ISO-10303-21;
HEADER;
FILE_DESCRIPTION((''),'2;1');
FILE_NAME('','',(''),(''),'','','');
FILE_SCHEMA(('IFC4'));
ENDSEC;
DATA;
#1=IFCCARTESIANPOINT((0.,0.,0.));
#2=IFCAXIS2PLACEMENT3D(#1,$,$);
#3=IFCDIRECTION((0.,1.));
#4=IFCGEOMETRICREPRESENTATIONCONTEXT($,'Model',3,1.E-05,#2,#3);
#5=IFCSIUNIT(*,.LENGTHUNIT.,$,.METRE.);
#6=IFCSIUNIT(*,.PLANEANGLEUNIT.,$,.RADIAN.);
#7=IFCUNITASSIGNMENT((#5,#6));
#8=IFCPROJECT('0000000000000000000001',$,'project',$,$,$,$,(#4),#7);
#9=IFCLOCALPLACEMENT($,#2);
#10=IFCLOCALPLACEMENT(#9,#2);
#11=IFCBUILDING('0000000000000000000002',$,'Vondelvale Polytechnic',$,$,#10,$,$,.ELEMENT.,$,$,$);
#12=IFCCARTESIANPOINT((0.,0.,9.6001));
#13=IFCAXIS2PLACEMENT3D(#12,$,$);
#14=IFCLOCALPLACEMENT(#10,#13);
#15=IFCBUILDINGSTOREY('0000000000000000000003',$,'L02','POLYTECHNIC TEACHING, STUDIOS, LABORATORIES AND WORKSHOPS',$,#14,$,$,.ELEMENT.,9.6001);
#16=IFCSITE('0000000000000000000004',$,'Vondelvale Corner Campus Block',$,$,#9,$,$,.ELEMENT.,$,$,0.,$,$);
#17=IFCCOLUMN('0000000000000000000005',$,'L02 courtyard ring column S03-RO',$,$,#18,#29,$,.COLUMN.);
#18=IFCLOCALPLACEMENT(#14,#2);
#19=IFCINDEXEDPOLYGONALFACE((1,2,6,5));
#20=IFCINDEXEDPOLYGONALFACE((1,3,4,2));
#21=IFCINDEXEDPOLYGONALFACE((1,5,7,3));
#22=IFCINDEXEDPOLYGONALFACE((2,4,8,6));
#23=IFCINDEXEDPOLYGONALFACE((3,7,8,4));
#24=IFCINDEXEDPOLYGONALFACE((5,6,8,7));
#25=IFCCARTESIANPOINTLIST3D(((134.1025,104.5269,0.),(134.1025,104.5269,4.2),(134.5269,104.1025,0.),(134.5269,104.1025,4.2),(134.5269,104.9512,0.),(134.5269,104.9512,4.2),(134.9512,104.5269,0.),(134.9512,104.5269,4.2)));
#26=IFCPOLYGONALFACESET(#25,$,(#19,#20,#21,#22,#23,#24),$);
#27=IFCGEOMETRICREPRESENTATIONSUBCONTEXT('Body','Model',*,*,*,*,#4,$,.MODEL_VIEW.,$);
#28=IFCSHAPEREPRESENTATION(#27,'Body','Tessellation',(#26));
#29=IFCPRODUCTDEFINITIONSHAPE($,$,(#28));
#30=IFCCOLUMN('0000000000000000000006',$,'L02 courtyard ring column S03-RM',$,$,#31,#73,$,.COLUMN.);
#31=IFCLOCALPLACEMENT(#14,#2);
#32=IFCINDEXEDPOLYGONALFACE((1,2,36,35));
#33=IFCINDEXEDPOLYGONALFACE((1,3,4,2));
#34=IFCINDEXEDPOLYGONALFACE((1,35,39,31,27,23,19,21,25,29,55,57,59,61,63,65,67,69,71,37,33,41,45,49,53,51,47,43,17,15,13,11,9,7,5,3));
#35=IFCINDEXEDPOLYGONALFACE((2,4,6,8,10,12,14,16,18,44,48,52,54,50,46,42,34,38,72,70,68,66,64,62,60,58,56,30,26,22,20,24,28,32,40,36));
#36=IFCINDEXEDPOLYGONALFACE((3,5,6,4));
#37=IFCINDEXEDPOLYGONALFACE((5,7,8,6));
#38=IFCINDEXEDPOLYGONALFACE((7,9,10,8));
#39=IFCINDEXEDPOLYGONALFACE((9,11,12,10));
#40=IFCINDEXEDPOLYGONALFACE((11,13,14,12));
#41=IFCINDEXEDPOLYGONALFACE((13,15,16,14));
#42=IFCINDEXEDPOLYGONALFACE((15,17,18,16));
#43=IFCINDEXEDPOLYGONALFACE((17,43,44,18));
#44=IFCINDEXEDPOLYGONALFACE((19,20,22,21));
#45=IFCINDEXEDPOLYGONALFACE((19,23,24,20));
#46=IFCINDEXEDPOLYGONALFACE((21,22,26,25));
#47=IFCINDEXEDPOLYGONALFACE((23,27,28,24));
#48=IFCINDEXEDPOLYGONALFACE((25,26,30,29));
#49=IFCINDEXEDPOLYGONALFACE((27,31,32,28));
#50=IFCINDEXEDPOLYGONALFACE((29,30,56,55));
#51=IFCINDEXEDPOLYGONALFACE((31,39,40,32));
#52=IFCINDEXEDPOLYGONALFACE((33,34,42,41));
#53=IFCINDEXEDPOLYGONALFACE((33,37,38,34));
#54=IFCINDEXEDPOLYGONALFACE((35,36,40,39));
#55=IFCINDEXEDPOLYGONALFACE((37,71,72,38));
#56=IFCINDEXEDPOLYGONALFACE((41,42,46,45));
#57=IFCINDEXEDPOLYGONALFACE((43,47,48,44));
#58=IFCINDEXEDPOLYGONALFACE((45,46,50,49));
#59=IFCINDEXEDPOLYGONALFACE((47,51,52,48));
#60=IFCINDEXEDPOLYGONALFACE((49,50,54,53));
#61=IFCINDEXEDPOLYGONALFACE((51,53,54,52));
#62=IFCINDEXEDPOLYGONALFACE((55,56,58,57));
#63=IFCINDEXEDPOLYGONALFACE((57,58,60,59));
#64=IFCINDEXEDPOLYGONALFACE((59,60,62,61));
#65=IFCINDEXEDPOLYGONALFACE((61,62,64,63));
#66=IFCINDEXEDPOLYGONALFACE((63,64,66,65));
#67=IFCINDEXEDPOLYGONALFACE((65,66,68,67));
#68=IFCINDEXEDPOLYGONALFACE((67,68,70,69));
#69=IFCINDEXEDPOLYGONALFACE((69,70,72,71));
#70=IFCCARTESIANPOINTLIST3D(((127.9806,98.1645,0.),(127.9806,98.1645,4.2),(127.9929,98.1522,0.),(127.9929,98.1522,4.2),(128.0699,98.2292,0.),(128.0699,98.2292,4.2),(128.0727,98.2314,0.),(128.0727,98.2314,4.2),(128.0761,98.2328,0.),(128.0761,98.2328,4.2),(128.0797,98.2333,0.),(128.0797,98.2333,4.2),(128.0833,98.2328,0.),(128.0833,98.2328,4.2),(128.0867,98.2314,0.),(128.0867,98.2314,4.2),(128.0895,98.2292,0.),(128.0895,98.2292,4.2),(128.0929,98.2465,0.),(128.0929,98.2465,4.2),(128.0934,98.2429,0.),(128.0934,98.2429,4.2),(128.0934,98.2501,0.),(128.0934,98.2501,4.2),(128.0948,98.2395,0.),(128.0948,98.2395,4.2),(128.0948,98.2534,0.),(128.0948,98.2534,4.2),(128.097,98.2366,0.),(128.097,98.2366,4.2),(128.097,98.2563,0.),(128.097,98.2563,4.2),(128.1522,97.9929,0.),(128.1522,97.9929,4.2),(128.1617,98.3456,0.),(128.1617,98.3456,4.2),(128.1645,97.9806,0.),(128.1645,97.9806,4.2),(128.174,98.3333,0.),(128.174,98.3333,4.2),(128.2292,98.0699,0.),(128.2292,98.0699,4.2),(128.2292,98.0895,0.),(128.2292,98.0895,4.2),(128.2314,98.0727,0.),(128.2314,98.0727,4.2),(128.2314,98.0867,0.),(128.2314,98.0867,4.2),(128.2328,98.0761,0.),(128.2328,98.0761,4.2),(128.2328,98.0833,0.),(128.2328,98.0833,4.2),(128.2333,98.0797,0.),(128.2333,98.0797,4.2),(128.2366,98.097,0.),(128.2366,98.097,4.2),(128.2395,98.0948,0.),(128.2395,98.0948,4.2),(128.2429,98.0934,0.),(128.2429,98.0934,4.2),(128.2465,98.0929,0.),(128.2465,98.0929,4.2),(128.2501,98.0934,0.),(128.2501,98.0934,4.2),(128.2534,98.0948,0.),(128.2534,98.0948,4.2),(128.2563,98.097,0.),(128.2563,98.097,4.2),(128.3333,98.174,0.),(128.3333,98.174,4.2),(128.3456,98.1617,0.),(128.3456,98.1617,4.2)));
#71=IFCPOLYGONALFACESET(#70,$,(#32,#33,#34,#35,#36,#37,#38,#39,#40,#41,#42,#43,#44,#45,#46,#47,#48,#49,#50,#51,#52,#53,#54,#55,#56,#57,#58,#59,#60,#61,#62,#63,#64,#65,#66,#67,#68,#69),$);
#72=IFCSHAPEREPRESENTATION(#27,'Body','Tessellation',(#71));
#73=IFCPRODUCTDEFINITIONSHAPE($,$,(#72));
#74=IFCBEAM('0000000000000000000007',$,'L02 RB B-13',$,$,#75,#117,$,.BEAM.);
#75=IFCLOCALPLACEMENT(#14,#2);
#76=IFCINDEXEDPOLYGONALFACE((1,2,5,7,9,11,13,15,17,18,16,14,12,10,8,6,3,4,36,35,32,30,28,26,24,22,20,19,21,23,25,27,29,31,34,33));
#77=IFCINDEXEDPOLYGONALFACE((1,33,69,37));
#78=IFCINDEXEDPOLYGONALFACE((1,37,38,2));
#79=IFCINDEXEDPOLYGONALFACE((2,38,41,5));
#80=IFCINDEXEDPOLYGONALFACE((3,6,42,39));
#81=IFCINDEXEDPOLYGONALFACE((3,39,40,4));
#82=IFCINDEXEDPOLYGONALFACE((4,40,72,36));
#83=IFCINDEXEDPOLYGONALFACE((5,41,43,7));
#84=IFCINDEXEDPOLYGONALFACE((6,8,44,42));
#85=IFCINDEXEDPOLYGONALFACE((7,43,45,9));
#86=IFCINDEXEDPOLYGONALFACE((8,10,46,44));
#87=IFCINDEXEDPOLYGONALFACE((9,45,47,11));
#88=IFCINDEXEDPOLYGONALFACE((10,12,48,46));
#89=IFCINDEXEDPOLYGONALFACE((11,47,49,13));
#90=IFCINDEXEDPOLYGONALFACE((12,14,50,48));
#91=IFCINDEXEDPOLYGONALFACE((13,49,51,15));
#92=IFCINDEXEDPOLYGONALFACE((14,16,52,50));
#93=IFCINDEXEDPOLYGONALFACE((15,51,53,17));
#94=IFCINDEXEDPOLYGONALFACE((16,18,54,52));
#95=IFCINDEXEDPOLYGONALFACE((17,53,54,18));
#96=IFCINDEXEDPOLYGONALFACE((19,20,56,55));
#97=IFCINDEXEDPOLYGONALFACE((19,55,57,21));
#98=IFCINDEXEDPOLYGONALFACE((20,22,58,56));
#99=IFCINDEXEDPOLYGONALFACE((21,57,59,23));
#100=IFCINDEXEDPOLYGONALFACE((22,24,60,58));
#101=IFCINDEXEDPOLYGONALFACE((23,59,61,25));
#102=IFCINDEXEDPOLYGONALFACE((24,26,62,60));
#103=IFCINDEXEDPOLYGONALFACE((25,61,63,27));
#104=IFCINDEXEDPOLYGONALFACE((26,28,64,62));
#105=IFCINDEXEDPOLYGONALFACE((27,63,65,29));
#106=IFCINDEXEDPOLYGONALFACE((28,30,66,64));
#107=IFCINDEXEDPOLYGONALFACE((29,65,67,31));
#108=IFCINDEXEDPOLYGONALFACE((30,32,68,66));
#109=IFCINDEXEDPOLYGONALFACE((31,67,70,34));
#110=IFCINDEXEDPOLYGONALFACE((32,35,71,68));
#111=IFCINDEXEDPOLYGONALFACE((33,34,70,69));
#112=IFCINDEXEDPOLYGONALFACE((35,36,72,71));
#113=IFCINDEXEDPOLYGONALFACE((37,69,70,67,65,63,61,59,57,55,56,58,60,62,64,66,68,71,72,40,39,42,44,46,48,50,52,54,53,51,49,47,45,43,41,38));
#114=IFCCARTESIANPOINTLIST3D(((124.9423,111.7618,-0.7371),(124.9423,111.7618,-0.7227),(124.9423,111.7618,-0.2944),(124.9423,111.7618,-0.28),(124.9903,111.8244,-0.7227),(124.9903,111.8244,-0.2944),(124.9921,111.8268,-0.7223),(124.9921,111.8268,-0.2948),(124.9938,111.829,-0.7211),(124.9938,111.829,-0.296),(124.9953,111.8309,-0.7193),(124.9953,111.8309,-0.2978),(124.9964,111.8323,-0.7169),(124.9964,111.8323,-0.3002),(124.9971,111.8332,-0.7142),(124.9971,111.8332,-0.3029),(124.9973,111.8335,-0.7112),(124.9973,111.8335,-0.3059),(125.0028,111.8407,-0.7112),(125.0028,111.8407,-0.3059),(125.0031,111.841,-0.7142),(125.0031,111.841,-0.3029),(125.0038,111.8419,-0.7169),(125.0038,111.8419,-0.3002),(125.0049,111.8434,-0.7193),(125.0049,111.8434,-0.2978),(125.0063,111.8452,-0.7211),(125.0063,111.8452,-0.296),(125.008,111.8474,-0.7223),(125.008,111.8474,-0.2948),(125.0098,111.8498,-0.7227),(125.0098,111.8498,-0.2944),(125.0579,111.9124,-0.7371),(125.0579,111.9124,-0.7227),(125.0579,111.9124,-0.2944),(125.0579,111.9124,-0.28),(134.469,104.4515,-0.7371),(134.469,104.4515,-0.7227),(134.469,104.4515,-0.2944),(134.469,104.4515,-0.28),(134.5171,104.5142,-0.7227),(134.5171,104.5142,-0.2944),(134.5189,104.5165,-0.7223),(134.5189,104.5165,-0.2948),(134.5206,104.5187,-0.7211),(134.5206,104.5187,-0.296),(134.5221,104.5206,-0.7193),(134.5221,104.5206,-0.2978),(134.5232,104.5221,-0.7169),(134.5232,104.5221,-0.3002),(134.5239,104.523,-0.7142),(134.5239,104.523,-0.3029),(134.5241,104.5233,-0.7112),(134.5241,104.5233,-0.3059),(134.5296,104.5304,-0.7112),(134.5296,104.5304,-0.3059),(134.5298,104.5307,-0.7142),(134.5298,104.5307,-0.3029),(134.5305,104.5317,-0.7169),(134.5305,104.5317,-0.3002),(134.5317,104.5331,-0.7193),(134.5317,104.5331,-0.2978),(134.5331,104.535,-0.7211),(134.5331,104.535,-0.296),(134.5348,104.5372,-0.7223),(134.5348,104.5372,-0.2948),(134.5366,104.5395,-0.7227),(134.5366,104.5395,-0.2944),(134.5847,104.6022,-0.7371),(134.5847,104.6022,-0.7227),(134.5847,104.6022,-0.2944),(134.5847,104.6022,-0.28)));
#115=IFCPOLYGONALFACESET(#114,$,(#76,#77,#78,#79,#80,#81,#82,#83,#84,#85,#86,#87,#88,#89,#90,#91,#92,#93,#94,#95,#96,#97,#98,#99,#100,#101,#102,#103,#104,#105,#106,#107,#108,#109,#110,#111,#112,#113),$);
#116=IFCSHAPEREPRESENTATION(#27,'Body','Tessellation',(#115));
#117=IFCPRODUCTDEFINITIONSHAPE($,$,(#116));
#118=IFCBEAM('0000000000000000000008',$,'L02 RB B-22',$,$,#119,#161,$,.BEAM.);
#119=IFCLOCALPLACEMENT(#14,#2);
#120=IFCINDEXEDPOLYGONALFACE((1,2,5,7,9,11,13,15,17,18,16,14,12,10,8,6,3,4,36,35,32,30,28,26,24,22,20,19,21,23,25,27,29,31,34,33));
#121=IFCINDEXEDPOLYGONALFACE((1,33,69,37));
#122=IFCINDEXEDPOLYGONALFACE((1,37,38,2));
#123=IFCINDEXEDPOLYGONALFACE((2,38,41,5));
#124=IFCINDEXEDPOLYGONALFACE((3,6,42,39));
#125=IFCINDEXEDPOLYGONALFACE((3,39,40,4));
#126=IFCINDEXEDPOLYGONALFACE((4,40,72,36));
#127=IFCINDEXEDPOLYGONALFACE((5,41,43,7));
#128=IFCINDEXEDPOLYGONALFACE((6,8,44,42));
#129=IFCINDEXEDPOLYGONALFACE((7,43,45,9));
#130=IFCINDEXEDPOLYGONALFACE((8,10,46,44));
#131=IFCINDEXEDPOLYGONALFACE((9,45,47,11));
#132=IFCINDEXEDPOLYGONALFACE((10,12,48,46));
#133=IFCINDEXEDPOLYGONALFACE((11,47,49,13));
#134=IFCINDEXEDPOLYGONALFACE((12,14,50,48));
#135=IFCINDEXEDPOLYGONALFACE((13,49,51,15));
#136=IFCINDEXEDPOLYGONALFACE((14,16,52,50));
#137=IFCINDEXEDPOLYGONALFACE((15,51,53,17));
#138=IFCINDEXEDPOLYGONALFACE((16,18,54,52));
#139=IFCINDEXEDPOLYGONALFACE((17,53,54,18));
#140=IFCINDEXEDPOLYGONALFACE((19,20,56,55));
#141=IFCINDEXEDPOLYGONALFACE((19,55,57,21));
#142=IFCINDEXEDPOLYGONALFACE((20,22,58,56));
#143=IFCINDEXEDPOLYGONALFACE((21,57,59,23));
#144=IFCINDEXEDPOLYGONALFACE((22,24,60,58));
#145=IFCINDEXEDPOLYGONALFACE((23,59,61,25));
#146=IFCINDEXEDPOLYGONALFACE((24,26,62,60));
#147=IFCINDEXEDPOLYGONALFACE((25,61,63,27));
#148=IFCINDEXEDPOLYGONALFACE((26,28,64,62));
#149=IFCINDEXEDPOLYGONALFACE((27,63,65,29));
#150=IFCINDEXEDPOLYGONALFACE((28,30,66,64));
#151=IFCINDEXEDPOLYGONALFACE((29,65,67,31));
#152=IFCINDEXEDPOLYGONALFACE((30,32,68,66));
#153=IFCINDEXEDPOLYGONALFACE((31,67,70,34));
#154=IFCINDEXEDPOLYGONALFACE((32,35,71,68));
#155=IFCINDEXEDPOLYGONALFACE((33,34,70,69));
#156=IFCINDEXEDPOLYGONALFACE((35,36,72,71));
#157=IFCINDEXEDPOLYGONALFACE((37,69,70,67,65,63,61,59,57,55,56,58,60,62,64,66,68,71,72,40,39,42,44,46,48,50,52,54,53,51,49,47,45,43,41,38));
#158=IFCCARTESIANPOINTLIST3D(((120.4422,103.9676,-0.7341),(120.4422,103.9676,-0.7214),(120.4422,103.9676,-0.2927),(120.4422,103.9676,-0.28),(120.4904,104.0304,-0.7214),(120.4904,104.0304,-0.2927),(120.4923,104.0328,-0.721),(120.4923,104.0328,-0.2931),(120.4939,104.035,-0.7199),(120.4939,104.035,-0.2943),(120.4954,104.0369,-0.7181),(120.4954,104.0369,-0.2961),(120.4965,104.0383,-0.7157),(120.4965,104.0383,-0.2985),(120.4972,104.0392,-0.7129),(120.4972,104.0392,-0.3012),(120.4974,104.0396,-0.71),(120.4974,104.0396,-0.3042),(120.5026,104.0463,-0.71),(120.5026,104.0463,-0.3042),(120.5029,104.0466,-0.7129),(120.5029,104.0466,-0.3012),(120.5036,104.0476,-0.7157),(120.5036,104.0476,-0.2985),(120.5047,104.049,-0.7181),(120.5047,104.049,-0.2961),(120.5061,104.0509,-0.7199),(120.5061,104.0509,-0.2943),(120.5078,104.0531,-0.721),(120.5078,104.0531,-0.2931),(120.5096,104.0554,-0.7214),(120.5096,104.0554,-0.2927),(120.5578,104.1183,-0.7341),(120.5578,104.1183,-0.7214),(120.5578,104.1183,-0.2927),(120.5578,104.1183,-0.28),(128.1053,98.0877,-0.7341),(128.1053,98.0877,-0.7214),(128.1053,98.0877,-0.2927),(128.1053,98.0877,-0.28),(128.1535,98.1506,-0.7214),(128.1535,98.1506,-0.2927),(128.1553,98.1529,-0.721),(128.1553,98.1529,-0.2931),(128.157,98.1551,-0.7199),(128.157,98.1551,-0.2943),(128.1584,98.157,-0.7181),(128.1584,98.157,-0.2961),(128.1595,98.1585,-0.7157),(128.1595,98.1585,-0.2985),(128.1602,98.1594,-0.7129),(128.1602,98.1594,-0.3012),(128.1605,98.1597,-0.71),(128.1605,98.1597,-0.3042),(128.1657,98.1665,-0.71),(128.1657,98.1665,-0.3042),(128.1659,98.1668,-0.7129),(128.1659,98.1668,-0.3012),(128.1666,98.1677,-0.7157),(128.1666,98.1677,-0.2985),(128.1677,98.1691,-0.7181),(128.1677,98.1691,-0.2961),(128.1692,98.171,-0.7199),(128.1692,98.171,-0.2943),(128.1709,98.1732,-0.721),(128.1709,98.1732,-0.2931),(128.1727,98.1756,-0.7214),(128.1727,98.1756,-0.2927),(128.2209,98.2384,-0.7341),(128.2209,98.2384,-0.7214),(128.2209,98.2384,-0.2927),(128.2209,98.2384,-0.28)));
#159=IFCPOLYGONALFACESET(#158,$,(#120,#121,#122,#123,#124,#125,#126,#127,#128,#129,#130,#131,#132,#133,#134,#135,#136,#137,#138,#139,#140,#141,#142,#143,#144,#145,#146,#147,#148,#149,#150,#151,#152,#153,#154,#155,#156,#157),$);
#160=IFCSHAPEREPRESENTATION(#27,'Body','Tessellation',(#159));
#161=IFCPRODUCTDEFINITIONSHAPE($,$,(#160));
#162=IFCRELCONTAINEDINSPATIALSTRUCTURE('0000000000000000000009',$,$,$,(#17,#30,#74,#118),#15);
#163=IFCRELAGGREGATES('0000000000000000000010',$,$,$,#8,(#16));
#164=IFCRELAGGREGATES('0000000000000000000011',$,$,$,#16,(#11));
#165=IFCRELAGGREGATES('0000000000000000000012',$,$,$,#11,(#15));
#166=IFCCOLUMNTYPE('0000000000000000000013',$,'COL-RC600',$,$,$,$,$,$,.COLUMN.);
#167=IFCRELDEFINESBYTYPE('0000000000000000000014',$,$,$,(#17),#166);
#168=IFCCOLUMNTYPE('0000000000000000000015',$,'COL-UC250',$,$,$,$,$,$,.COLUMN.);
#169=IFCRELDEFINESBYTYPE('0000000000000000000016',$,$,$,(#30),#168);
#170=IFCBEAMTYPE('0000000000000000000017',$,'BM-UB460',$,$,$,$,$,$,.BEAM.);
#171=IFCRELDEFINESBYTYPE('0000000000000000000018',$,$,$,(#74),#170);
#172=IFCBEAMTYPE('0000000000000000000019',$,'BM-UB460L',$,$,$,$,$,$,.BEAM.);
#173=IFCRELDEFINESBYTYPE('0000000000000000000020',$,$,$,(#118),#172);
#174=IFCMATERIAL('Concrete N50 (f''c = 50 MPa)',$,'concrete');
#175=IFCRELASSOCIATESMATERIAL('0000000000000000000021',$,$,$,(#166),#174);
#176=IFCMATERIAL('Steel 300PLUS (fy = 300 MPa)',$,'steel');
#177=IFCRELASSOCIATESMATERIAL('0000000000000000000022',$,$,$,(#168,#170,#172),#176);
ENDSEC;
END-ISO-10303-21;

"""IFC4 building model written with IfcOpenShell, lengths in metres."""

from ifc_helpers import new_model, si_unit, direction, frame, origin, origin_2d, place, context, subcontext, project, spatial, rectangle, i_section, extrude, material, material_profile, profile_set, type_object, element, save


model = new_model("IFC4")

# Units and contexts
model_context = context("Model", 3, precision=1e-05, world=origin(), true_north=direction((0.0, 1.0)))
body_context = subcontext(model_context, "Body", "Model", "MODEL_VIEW")
ifc_project = project(units=[si_unit("LENGTHUNIT", "METRE"), si_unit("PLANEANGLEUNIT", "RADIAN")], contexts=[model_context])

# Site, building, storey
site_placement = place(None, origin())
site = spatial("IfcSite", under=ifc_project, at=site_placement, Name="Vondelvale Corner Campus Block", CompositionType="ELEMENT", RefElevation=0.0)
building_placement = place(site_placement, origin())
building = spatial("IfcBuilding", under=site, at=building_placement, Name="Vondelvale Polytechnic", CompositionType="ELEMENT")
storey_placement = place(building_placement, frame((0.0, 0.0, 9.6001)))
storey = spatial("IfcBuildingStorey", under=building, at=storey_placement, Name="L02", Description="POLYTECHNIC TEACHING, STUDIOS, LABORATORIES AND WORKSHOPS", CompositionType="ELEMENT", Elevation=9.6001)

# Columns
ifc_material_1 = material(Name="Concrete N50 (f'c = 50 MPa)", Category="concrete")
ifc_material_profile_1 = material_profile(ifc_material_1, rectangle(XDim=0.6001, YDim=0.6001, at=origin_2d()), Name="RC-COL-600x600")
ifc_profile_set_1 = profile_set([ifc_material_profile_1], Name="Concrete N50 (f'c = 50 MPa)")
column_type_1 = type_object("IfcColumnType", Name="COL-RC600", PredefinedType="COLUMN", material=ifc_profile_set_1)
column_1_placement = place(storey_placement, frame((134.5269, 104.5269, 0.0), z_axis=(0.0, 0.0, 1.0), x_axis=(0.707107, 0.707107, 0.0)))
element("IfcColumn", 1, at=column_1_placement, inside=storey, type_object=column_type_1, Name="L02 courtyard ring column S03-RO", PredefinedType="COLUMN", context=body_context, shape_type="SweptSolid", body=[
    extrude(rectangle(XDim=0.6001, YDim=0.6001, at=origin_2d()), origin(), (0.0, 0.0, 1.0), 4.2),
])
ifc_material_2 = material(Name="Steel 300PLUS (fy = 300 MPa)", Category="steel")
ifc_material_profile_2 = material_profile(ifc_material_2, i_section(OverallWidth=0.2561, OverallDepth=0.26, WebThickness=0.0105, FlangeThickness=0.0173, FilletRadius=0.0139, at=origin_2d()), Name="250UC89.5")
ifc_profile_set_2 = profile_set([ifc_material_profile_2], Name="Steel 300PLUS (fy = 300 MPa)")
column_type_2 = type_object("IfcColumnType", Name="COL-UC250", PredefinedType="COLUMN", material=ifc_profile_set_2)
column_2_placement = place(storey_placement, frame((128.1631, 98.1631, 0.0), z_axis=(0.0, 0.0, 1.0), x_axis=(0.707107, 0.707107, 0.0)))
element("IfcColumn", 2, at=column_2_placement, inside=storey, type_object=column_type_2, Name="L02 courtyard ring column S03-RM", PredefinedType="COLUMN", context=body_context, shape_type="SweptSolid", body=[
    extrude(i_section(OverallWidth=0.2561, OverallDepth=0.26, WebThickness=0.0105, FlangeThickness=0.0173, FilletRadius=0.0139, at=origin_2d()), origin(), (0.0, 0.0, 1.0), 4.2),
])

# Beams
ifc_material_profile_3 = material_profile(ifc_material_2, i_section(OverallWidth=0.1899, OverallDepth=0.457, WebThickness=0.009, FlangeThickness=0.0144, FilletRadius=0.0115, at=origin_2d()), Name="460UB74.6")
ifc_profile_set_3 = profile_set([ifc_material_profile_3], Name="Steel 300PLUS (fy = 300 MPa)")
beam_type_1 = type_object("IfcBeamType", Name="BM-UB460", PredefinedType="BEAM", material=ifc_profile_set_3)
beam_1_placement = place(storey_placement, frame((134.5269, 104.5269, -0.5085), z_axis=(-0.79335, 0.608766, 0.0), x_axis=(-0.608766, -0.79335, 0.0)))
element("IfcBeam", 3, at=beam_1_placement, inside=storey, type_object=beam_type_1, Name="L02 RB B-13", PredefinedType="BEAM", context=body_context, shape_type="SweptSolid", body=[
    extrude(i_section(OverallWidth=0.1899, OverallDepth=0.457, WebThickness=0.009, FlangeThickness=0.0144, FilletRadius=0.0115, at=origin_2d()), origin(), (0.0, 0.0, 1.0), 12.0083),
])
ifc_material_profile_4 = material_profile(ifc_material_2, i_section(OverallWidth=0.1899, OverallDepth=0.4541, WebThickness=0.0085, FlangeThickness=0.0127, FilletRadius=0.0115, at=origin_2d()), Name="460UB67.1")
ifc_profile_set_4 = profile_set([ifc_material_profile_4], Name="Steel 300PLUS (fy = 300 MPa)")
beam_type_2 = type_object("IfcBeamType", Name="BM-UB460L", PredefinedType="BEAM", material=ifc_profile_set_4)
beam_2_placement = place(storey_placement, frame((128.1631, 98.1631, -0.5071), z_axis=(-0.793364, 0.608748, 0.0), x_axis=(-0.608748, -0.793364, 0.0)))
element("IfcBeam", 4, at=beam_2_placement, inside=storey, type_object=beam_type_2, Name="L02 RB B-22", PredefinedType="BEAM", context=body_context, shape_type="SweptSolid", body=[
    extrude(i_section(OverallWidth=0.1899, OverallDepth=0.4541, WebThickness=0.0085, FlangeThickness=0.0127, FilletRadius=0.0115, at=origin_2d()), origin(), (0.0, 0.0, 1.0), 9.6589),
])

save(model, "model.ifc")
